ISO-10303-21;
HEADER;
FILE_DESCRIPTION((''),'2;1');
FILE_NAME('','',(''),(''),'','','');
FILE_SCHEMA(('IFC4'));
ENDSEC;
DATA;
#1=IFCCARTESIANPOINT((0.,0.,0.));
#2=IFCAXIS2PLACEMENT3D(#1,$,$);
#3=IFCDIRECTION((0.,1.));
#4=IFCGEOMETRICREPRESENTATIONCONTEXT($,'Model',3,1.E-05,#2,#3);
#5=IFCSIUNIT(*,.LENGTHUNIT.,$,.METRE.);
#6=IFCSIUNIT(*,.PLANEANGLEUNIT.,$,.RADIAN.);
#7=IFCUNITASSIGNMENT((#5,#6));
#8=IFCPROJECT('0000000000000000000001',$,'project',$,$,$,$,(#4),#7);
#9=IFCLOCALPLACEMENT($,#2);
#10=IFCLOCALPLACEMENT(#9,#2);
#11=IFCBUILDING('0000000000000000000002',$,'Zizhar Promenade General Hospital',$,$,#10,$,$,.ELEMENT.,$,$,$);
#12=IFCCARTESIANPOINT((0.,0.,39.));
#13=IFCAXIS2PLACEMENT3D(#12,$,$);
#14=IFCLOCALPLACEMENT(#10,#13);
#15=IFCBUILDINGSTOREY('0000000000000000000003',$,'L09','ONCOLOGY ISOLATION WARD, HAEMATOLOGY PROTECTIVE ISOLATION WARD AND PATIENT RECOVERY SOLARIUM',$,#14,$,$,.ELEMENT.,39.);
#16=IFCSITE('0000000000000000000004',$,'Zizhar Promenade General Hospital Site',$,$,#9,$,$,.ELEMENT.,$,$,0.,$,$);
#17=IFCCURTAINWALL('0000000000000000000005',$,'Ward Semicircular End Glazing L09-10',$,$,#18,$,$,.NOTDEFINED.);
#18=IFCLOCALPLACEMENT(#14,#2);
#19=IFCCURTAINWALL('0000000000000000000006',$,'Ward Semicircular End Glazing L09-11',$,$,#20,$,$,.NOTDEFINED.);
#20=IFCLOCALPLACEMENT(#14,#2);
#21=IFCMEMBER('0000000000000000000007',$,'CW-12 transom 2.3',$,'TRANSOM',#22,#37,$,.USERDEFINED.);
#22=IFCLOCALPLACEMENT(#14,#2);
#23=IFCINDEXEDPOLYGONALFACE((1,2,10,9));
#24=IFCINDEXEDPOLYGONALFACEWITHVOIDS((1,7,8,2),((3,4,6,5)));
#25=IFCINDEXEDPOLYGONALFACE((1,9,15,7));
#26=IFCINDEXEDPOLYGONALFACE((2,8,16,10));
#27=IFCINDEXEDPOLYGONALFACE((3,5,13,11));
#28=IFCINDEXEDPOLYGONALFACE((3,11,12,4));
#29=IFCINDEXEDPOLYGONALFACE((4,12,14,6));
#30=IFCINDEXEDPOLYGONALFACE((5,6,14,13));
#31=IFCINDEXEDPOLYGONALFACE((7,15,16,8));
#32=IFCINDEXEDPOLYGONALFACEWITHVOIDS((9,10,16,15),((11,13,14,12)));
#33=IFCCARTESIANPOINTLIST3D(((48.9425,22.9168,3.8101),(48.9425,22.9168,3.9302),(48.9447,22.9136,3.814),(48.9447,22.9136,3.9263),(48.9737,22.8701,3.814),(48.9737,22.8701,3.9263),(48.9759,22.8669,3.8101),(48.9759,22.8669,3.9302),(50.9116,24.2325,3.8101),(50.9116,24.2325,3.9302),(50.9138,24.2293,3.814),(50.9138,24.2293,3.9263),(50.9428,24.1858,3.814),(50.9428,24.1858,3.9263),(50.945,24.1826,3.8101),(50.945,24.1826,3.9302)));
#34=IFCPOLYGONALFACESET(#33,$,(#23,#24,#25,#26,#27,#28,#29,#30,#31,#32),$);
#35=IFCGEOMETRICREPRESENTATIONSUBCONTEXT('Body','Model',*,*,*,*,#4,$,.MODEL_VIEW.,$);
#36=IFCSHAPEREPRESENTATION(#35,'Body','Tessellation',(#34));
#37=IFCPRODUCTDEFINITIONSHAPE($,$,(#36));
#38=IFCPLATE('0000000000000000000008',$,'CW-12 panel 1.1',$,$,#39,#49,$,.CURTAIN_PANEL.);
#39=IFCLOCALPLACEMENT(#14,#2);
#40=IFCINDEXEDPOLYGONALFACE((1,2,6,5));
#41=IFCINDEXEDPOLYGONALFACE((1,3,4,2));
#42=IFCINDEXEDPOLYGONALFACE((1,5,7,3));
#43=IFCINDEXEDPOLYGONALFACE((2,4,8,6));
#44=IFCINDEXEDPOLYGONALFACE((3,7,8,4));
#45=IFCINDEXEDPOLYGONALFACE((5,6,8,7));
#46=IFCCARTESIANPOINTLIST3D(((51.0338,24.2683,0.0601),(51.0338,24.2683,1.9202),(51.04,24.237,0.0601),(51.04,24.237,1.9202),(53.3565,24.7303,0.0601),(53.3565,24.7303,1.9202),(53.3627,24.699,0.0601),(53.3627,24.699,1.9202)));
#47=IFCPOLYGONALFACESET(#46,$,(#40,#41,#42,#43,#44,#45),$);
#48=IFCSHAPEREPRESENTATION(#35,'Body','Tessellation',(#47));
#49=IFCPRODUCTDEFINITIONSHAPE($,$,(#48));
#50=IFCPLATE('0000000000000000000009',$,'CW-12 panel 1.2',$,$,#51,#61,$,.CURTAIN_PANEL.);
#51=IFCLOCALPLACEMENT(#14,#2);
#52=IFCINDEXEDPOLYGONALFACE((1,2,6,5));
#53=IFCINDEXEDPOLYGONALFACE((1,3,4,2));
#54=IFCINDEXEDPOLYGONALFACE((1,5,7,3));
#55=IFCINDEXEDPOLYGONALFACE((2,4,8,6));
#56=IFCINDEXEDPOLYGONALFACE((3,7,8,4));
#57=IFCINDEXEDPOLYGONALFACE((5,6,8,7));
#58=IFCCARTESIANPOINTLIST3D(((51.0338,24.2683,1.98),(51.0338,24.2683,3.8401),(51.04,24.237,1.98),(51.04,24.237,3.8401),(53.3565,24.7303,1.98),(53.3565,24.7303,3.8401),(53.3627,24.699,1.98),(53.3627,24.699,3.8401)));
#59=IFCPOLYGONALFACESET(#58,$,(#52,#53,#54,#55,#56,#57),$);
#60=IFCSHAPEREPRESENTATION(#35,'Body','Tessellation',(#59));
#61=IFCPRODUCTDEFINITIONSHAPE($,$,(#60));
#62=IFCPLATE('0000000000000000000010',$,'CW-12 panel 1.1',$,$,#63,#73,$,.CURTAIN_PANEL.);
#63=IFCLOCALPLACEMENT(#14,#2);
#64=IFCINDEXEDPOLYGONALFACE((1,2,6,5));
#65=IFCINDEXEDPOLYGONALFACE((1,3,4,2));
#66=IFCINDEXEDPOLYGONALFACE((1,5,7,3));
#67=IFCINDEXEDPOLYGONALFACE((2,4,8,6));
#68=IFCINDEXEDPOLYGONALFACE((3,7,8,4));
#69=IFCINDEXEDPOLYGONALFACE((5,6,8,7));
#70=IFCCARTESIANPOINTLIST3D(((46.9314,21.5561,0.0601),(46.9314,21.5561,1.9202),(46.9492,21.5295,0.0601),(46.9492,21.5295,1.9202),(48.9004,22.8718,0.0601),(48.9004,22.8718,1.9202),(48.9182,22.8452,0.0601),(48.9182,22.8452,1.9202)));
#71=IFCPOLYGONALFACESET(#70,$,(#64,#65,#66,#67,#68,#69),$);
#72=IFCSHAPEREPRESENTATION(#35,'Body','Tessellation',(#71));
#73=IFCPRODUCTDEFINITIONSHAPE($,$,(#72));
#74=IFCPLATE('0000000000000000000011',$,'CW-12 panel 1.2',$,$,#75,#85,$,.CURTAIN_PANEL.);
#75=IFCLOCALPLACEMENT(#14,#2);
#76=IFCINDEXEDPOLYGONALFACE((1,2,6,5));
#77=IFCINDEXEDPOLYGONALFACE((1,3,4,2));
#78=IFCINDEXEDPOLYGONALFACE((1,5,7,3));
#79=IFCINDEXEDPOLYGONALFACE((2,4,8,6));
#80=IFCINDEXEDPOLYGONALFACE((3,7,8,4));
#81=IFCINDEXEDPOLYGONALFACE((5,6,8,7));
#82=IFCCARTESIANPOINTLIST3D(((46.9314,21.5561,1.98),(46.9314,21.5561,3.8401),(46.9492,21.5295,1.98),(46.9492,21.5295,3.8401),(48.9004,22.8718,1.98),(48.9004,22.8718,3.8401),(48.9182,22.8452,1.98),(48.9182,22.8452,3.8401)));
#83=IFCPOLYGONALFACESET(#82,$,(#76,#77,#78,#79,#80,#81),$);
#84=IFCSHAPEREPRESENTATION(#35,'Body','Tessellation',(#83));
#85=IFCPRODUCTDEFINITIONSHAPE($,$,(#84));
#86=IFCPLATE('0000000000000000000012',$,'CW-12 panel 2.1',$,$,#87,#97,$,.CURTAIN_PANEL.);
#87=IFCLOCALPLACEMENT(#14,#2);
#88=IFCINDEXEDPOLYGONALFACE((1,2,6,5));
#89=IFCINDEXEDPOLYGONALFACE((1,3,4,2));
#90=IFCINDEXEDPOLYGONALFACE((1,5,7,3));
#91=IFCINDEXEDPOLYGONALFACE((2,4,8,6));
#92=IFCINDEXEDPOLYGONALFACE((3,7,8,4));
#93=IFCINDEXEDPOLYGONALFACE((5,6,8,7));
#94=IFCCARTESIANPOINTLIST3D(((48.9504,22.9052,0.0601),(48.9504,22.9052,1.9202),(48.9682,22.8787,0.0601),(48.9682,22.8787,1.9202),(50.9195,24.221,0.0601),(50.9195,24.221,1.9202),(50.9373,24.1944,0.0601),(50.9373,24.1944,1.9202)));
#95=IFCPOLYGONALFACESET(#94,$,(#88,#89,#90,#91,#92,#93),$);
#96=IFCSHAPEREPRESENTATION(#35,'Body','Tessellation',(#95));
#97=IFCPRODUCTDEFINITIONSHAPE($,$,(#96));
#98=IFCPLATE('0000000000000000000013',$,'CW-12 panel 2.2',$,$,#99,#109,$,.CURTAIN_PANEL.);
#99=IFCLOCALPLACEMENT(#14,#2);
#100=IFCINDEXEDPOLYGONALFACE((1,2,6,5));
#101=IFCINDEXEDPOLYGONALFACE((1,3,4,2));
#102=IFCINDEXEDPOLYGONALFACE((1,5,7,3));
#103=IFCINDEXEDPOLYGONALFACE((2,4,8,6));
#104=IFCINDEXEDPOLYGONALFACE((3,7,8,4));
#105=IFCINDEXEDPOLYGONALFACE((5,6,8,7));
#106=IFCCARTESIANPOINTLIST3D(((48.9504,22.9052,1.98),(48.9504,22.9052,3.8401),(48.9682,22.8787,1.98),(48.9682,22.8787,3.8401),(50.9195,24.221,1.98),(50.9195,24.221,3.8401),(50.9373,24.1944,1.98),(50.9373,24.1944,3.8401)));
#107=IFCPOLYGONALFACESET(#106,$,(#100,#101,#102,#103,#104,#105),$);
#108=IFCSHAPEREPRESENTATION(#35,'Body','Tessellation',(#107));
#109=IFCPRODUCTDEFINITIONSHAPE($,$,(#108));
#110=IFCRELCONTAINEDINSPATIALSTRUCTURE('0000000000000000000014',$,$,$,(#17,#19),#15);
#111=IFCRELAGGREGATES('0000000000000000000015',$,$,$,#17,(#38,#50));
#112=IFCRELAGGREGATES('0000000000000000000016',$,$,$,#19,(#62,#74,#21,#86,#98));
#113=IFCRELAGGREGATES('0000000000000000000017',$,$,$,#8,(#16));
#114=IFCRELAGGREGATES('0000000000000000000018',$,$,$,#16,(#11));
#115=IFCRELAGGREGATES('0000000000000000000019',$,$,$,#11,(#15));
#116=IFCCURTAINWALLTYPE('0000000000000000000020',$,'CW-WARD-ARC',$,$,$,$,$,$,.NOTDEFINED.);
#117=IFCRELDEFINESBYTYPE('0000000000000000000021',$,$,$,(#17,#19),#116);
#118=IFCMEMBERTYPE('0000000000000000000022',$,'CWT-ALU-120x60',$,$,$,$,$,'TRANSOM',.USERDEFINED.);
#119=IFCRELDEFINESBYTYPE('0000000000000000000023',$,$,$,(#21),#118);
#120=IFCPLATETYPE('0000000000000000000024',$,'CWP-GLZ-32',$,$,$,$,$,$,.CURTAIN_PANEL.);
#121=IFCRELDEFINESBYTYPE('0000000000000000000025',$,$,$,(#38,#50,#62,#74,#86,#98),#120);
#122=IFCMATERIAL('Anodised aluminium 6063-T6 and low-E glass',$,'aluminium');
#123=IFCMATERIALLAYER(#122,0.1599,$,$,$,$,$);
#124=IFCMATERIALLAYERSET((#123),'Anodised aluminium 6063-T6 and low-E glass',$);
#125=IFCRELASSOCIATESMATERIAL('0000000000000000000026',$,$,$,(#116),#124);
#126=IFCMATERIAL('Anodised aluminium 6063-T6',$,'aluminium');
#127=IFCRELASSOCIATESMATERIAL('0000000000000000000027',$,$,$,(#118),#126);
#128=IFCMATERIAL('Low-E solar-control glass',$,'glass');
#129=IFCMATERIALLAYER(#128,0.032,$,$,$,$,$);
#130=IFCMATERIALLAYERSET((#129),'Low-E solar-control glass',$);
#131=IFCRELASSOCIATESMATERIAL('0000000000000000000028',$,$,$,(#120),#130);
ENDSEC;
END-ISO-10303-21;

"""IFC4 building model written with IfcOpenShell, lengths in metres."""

from ifc_helpers import new_model, si_unit, direction, frame, origin, origin_2d, place, context, subcontext, project, spatial, rectangle, hollow_rectangle, extrude, material, layer, layer_set, material_profile, profile_set, type_object, element, aggregate, save


model = new_model("IFC4")

# Units and contexts
model_context = context("Model", 3, precision=1e-05, world=origin(), true_north=direction((0.0, 1.0)))
body_context = subcontext(model_context, "Body", "Model", "MODEL_VIEW")
ifc_project = project(units=[si_unit("LENGTHUNIT", "METRE"), si_unit("PLANEANGLEUNIT", "RADIAN")], contexts=[model_context])

# Site, building, storey
site_placement = place(None, origin())
site = spatial("IfcSite", under=ifc_project, at=site_placement, Name="Zizhar Promenade General Hospital Site", CompositionType="ELEMENT", RefElevation=0.0)
building_placement = place(site_placement, origin())
building = spatial("IfcBuilding", under=site, at=building_placement, Name="Zizhar Promenade General Hospital", CompositionType="ELEMENT")
storey_placement = place(building_placement, frame((0.0, 0.0, 39.0)))
storey = spatial("IfcBuildingStorey", under=building, at=storey_placement, Name="L09", Description="ONCOLOGY ISOLATION WARD, HAEMATOLOGY PROTECTIVE ISOLATION WARD AND PATIENT RECOVERY SOLARIUM", CompositionType="ELEMENT", Elevation=39.0)

# Curtain walls
ifc_material_1 = material(Name="Anodised aluminium 6063-T6 and low-E glass", Category="aluminium")
ifc_layer_1 = layer(ifc_material_1, 0.1599)
ifc_layer_set_1 = layer_set([ifc_layer_1], Name="Anodised aluminium 6063-T6 and low-E glass")
curtain_wall_type = type_object("IfcCurtainWallType", Name="CW-WARD-ARC", PredefinedType="NOTDEFINED", material=ifc_layer_set_1)
curtain_wall_1_placement = place(storey_placement, origin())
curtain_wall_1 = element("IfcCurtainWall", 1, at=curtain_wall_1_placement, inside=storey, type_object=curtain_wall_type, Name="Ward Semicircular End Glazing L09-10", PredefinedType="NOTDEFINED")
curtain_wall_2_placement = place(storey_placement, origin())
curtain_wall_2 = element("IfcCurtainWall", 2, at=curtain_wall_2_placement, inside=storey, type_object=curtain_wall_type, Name="Ward Semicircular End Glazing L09-11", PredefinedType="NOTDEFINED")

# Member
ifc_material_2 = material(Name="Anodised aluminium 6063-T6", Category="aluminium")
ifc_material_profile_1 = material_profile(ifc_material_2, hollow_rectangle(XDim=0.0601, YDim=0.1201, WallThickness=0.0039, at=origin_2d()))
ifc_profile_set_1 = profile_set([ifc_material_profile_1], Name="Anodised aluminium 6063-T6")
member_type_1 = type_object("IfcMemberType", Name="CWT-ALU-120x60", ElementType="TRANSOM", PredefinedType="USERDEFINED", material=ifc_profile_set_1)
member_1_placement = place(storey_placement, frame((48.9592, 22.8918, 3.8701), z_axis=(0.831463, 0.55558, 0.0), x_axis=(-0.55558, 0.831463, 0.0)))
member_1 = element("IfcMember", 3, at=member_1_placement, type_object=member_type_1, Name="CW-12 transom 2.3", ObjectType="TRANSOM", PredefinedType="USERDEFINED", context=body_context, shape_type="SweptSolid", body=[
    extrude(hollow_rectangle(XDim=0.0601, YDim=0.1201, WallThickness=0.0039, at=origin_2d()), origin(), (0.0, 0.0, 1.0), 2.3682),
])

# Plates
ifc_material_3 = material(Name="Low-E solar-control glass", Category="glass")
ifc_layer_2 = layer(ifc_material_3, 0.032)
ifc_layer_set_2 = layer_set([ifc_layer_2], Name="Low-E solar-control glass")
plate_type = type_object("IfcPlateType", Name="CWP-GLZ-32", PredefinedType="CURTAIN_PANEL", material=ifc_layer_set_2)
plate_1_placement = place(storey_placement, frame((52.1982, 24.4836, 0.0601), z_axis=(0.0, 0.0, 1.0), x_axis=(0.980786, 0.195087, 0.0)))
plate_1 = element("IfcPlate", 4, at=plate_1_placement, type_object=plate_type, Name="CW-12 panel 1.1", PredefinedType="CURTAIN_PANEL", context=body_context, shape_type="SweptSolid", body=[
    extrude(rectangle(XDim=2.3682, YDim=0.032, at=origin_2d()), origin(), (0.0, 0.0, 1.0), 1.8601),
])
plate_2_placement = place(storey_placement, frame((52.1982, 24.4836, 1.98), z_axis=(0.0, 0.0, 1.0), x_axis=(0.980786, 0.195087, 0.0)))
plate_2 = element("IfcPlate", 5, at=plate_2_placement, type_object=plate_type, Name="CW-12 panel 1.2", PredefinedType="CURTAIN_PANEL", context=body_context, shape_type="SweptSolid", body=[
    extrude(rectangle(XDim=2.3682, YDim=0.032, at=origin_2d()), origin(), (0.0, 0.0, 1.0), 1.8601),
])
aggregate(curtain_wall_1, [plate_1, plate_2])
plate_3_placement = place(storey_placement, frame((47.9248, 22.2007, 0.0601), z_axis=(0.0, 0.0, 1.0), x_axis=(0.831462, 0.555582, 0.0)))
plate_3 = element("IfcPlate", 6, at=plate_3_placement, type_object=plate_type, Name="CW-12 panel 1.1", PredefinedType="CURTAIN_PANEL", context=body_context, shape_type="SweptSolid", body=[
    extrude(rectangle(XDim=2.3682, YDim=0.032, at=origin_2d()), origin(), (0.0, 0.0, 1.0), 1.8601),
])
plate_4_placement = place(storey_placement, frame((47.9248, 22.2007, 1.98), z_axis=(0.0, 0.0, 1.0), x_axis=(0.831462, 0.555582, 0.0)))
plate_4 = element("IfcPlate", 7, at=plate_4_placement, type_object=plate_type, Name="CW-12 panel 1.2", PredefinedType="CURTAIN_PANEL", context=body_context, shape_type="SweptSolid", body=[
    extrude(rectangle(XDim=2.3682, YDim=0.032, at=origin_2d()), origin(), (0.0, 0.0, 1.0), 1.8601),
])
plate_5_placement = place(storey_placement, frame((49.9438, 23.5498, 0.0601), z_axis=(0.0, 0.0, 1.0), x_axis=(0.831462, 0.555582, 0.0)))
plate_5 = element("IfcPlate", 8, at=plate_5_placement, type_object=plate_type, Name="CW-12 panel 2.1", PredefinedType="CURTAIN_PANEL", context=body_context, shape_type="SweptSolid", body=[
    extrude(rectangle(XDim=2.3682, YDim=0.032, at=origin_2d()), origin(), (0.0, 0.0, 1.0), 1.8601),
])
plate_6_placement = place(storey_placement, frame((49.9438, 23.5498, 1.98), z_axis=(0.0, 0.0, 1.0), x_axis=(0.831462, 0.555582, 0.0)))
plate_6 = element("IfcPlate", 9, at=plate_6_placement, type_object=plate_type, Name="CW-12 panel 2.2", PredefinedType="CURTAIN_PANEL", context=body_context, shape_type="SweptSolid", body=[
    extrude(rectangle(XDim=2.3682, YDim=0.032, at=origin_2d()), origin(), (0.0, 0.0, 1.0), 1.8601),
])
aggregate(curtain_wall_2, [plate_3, plate_4, member_1, plate_5, plate_6])

save(model, "model.ifc")
